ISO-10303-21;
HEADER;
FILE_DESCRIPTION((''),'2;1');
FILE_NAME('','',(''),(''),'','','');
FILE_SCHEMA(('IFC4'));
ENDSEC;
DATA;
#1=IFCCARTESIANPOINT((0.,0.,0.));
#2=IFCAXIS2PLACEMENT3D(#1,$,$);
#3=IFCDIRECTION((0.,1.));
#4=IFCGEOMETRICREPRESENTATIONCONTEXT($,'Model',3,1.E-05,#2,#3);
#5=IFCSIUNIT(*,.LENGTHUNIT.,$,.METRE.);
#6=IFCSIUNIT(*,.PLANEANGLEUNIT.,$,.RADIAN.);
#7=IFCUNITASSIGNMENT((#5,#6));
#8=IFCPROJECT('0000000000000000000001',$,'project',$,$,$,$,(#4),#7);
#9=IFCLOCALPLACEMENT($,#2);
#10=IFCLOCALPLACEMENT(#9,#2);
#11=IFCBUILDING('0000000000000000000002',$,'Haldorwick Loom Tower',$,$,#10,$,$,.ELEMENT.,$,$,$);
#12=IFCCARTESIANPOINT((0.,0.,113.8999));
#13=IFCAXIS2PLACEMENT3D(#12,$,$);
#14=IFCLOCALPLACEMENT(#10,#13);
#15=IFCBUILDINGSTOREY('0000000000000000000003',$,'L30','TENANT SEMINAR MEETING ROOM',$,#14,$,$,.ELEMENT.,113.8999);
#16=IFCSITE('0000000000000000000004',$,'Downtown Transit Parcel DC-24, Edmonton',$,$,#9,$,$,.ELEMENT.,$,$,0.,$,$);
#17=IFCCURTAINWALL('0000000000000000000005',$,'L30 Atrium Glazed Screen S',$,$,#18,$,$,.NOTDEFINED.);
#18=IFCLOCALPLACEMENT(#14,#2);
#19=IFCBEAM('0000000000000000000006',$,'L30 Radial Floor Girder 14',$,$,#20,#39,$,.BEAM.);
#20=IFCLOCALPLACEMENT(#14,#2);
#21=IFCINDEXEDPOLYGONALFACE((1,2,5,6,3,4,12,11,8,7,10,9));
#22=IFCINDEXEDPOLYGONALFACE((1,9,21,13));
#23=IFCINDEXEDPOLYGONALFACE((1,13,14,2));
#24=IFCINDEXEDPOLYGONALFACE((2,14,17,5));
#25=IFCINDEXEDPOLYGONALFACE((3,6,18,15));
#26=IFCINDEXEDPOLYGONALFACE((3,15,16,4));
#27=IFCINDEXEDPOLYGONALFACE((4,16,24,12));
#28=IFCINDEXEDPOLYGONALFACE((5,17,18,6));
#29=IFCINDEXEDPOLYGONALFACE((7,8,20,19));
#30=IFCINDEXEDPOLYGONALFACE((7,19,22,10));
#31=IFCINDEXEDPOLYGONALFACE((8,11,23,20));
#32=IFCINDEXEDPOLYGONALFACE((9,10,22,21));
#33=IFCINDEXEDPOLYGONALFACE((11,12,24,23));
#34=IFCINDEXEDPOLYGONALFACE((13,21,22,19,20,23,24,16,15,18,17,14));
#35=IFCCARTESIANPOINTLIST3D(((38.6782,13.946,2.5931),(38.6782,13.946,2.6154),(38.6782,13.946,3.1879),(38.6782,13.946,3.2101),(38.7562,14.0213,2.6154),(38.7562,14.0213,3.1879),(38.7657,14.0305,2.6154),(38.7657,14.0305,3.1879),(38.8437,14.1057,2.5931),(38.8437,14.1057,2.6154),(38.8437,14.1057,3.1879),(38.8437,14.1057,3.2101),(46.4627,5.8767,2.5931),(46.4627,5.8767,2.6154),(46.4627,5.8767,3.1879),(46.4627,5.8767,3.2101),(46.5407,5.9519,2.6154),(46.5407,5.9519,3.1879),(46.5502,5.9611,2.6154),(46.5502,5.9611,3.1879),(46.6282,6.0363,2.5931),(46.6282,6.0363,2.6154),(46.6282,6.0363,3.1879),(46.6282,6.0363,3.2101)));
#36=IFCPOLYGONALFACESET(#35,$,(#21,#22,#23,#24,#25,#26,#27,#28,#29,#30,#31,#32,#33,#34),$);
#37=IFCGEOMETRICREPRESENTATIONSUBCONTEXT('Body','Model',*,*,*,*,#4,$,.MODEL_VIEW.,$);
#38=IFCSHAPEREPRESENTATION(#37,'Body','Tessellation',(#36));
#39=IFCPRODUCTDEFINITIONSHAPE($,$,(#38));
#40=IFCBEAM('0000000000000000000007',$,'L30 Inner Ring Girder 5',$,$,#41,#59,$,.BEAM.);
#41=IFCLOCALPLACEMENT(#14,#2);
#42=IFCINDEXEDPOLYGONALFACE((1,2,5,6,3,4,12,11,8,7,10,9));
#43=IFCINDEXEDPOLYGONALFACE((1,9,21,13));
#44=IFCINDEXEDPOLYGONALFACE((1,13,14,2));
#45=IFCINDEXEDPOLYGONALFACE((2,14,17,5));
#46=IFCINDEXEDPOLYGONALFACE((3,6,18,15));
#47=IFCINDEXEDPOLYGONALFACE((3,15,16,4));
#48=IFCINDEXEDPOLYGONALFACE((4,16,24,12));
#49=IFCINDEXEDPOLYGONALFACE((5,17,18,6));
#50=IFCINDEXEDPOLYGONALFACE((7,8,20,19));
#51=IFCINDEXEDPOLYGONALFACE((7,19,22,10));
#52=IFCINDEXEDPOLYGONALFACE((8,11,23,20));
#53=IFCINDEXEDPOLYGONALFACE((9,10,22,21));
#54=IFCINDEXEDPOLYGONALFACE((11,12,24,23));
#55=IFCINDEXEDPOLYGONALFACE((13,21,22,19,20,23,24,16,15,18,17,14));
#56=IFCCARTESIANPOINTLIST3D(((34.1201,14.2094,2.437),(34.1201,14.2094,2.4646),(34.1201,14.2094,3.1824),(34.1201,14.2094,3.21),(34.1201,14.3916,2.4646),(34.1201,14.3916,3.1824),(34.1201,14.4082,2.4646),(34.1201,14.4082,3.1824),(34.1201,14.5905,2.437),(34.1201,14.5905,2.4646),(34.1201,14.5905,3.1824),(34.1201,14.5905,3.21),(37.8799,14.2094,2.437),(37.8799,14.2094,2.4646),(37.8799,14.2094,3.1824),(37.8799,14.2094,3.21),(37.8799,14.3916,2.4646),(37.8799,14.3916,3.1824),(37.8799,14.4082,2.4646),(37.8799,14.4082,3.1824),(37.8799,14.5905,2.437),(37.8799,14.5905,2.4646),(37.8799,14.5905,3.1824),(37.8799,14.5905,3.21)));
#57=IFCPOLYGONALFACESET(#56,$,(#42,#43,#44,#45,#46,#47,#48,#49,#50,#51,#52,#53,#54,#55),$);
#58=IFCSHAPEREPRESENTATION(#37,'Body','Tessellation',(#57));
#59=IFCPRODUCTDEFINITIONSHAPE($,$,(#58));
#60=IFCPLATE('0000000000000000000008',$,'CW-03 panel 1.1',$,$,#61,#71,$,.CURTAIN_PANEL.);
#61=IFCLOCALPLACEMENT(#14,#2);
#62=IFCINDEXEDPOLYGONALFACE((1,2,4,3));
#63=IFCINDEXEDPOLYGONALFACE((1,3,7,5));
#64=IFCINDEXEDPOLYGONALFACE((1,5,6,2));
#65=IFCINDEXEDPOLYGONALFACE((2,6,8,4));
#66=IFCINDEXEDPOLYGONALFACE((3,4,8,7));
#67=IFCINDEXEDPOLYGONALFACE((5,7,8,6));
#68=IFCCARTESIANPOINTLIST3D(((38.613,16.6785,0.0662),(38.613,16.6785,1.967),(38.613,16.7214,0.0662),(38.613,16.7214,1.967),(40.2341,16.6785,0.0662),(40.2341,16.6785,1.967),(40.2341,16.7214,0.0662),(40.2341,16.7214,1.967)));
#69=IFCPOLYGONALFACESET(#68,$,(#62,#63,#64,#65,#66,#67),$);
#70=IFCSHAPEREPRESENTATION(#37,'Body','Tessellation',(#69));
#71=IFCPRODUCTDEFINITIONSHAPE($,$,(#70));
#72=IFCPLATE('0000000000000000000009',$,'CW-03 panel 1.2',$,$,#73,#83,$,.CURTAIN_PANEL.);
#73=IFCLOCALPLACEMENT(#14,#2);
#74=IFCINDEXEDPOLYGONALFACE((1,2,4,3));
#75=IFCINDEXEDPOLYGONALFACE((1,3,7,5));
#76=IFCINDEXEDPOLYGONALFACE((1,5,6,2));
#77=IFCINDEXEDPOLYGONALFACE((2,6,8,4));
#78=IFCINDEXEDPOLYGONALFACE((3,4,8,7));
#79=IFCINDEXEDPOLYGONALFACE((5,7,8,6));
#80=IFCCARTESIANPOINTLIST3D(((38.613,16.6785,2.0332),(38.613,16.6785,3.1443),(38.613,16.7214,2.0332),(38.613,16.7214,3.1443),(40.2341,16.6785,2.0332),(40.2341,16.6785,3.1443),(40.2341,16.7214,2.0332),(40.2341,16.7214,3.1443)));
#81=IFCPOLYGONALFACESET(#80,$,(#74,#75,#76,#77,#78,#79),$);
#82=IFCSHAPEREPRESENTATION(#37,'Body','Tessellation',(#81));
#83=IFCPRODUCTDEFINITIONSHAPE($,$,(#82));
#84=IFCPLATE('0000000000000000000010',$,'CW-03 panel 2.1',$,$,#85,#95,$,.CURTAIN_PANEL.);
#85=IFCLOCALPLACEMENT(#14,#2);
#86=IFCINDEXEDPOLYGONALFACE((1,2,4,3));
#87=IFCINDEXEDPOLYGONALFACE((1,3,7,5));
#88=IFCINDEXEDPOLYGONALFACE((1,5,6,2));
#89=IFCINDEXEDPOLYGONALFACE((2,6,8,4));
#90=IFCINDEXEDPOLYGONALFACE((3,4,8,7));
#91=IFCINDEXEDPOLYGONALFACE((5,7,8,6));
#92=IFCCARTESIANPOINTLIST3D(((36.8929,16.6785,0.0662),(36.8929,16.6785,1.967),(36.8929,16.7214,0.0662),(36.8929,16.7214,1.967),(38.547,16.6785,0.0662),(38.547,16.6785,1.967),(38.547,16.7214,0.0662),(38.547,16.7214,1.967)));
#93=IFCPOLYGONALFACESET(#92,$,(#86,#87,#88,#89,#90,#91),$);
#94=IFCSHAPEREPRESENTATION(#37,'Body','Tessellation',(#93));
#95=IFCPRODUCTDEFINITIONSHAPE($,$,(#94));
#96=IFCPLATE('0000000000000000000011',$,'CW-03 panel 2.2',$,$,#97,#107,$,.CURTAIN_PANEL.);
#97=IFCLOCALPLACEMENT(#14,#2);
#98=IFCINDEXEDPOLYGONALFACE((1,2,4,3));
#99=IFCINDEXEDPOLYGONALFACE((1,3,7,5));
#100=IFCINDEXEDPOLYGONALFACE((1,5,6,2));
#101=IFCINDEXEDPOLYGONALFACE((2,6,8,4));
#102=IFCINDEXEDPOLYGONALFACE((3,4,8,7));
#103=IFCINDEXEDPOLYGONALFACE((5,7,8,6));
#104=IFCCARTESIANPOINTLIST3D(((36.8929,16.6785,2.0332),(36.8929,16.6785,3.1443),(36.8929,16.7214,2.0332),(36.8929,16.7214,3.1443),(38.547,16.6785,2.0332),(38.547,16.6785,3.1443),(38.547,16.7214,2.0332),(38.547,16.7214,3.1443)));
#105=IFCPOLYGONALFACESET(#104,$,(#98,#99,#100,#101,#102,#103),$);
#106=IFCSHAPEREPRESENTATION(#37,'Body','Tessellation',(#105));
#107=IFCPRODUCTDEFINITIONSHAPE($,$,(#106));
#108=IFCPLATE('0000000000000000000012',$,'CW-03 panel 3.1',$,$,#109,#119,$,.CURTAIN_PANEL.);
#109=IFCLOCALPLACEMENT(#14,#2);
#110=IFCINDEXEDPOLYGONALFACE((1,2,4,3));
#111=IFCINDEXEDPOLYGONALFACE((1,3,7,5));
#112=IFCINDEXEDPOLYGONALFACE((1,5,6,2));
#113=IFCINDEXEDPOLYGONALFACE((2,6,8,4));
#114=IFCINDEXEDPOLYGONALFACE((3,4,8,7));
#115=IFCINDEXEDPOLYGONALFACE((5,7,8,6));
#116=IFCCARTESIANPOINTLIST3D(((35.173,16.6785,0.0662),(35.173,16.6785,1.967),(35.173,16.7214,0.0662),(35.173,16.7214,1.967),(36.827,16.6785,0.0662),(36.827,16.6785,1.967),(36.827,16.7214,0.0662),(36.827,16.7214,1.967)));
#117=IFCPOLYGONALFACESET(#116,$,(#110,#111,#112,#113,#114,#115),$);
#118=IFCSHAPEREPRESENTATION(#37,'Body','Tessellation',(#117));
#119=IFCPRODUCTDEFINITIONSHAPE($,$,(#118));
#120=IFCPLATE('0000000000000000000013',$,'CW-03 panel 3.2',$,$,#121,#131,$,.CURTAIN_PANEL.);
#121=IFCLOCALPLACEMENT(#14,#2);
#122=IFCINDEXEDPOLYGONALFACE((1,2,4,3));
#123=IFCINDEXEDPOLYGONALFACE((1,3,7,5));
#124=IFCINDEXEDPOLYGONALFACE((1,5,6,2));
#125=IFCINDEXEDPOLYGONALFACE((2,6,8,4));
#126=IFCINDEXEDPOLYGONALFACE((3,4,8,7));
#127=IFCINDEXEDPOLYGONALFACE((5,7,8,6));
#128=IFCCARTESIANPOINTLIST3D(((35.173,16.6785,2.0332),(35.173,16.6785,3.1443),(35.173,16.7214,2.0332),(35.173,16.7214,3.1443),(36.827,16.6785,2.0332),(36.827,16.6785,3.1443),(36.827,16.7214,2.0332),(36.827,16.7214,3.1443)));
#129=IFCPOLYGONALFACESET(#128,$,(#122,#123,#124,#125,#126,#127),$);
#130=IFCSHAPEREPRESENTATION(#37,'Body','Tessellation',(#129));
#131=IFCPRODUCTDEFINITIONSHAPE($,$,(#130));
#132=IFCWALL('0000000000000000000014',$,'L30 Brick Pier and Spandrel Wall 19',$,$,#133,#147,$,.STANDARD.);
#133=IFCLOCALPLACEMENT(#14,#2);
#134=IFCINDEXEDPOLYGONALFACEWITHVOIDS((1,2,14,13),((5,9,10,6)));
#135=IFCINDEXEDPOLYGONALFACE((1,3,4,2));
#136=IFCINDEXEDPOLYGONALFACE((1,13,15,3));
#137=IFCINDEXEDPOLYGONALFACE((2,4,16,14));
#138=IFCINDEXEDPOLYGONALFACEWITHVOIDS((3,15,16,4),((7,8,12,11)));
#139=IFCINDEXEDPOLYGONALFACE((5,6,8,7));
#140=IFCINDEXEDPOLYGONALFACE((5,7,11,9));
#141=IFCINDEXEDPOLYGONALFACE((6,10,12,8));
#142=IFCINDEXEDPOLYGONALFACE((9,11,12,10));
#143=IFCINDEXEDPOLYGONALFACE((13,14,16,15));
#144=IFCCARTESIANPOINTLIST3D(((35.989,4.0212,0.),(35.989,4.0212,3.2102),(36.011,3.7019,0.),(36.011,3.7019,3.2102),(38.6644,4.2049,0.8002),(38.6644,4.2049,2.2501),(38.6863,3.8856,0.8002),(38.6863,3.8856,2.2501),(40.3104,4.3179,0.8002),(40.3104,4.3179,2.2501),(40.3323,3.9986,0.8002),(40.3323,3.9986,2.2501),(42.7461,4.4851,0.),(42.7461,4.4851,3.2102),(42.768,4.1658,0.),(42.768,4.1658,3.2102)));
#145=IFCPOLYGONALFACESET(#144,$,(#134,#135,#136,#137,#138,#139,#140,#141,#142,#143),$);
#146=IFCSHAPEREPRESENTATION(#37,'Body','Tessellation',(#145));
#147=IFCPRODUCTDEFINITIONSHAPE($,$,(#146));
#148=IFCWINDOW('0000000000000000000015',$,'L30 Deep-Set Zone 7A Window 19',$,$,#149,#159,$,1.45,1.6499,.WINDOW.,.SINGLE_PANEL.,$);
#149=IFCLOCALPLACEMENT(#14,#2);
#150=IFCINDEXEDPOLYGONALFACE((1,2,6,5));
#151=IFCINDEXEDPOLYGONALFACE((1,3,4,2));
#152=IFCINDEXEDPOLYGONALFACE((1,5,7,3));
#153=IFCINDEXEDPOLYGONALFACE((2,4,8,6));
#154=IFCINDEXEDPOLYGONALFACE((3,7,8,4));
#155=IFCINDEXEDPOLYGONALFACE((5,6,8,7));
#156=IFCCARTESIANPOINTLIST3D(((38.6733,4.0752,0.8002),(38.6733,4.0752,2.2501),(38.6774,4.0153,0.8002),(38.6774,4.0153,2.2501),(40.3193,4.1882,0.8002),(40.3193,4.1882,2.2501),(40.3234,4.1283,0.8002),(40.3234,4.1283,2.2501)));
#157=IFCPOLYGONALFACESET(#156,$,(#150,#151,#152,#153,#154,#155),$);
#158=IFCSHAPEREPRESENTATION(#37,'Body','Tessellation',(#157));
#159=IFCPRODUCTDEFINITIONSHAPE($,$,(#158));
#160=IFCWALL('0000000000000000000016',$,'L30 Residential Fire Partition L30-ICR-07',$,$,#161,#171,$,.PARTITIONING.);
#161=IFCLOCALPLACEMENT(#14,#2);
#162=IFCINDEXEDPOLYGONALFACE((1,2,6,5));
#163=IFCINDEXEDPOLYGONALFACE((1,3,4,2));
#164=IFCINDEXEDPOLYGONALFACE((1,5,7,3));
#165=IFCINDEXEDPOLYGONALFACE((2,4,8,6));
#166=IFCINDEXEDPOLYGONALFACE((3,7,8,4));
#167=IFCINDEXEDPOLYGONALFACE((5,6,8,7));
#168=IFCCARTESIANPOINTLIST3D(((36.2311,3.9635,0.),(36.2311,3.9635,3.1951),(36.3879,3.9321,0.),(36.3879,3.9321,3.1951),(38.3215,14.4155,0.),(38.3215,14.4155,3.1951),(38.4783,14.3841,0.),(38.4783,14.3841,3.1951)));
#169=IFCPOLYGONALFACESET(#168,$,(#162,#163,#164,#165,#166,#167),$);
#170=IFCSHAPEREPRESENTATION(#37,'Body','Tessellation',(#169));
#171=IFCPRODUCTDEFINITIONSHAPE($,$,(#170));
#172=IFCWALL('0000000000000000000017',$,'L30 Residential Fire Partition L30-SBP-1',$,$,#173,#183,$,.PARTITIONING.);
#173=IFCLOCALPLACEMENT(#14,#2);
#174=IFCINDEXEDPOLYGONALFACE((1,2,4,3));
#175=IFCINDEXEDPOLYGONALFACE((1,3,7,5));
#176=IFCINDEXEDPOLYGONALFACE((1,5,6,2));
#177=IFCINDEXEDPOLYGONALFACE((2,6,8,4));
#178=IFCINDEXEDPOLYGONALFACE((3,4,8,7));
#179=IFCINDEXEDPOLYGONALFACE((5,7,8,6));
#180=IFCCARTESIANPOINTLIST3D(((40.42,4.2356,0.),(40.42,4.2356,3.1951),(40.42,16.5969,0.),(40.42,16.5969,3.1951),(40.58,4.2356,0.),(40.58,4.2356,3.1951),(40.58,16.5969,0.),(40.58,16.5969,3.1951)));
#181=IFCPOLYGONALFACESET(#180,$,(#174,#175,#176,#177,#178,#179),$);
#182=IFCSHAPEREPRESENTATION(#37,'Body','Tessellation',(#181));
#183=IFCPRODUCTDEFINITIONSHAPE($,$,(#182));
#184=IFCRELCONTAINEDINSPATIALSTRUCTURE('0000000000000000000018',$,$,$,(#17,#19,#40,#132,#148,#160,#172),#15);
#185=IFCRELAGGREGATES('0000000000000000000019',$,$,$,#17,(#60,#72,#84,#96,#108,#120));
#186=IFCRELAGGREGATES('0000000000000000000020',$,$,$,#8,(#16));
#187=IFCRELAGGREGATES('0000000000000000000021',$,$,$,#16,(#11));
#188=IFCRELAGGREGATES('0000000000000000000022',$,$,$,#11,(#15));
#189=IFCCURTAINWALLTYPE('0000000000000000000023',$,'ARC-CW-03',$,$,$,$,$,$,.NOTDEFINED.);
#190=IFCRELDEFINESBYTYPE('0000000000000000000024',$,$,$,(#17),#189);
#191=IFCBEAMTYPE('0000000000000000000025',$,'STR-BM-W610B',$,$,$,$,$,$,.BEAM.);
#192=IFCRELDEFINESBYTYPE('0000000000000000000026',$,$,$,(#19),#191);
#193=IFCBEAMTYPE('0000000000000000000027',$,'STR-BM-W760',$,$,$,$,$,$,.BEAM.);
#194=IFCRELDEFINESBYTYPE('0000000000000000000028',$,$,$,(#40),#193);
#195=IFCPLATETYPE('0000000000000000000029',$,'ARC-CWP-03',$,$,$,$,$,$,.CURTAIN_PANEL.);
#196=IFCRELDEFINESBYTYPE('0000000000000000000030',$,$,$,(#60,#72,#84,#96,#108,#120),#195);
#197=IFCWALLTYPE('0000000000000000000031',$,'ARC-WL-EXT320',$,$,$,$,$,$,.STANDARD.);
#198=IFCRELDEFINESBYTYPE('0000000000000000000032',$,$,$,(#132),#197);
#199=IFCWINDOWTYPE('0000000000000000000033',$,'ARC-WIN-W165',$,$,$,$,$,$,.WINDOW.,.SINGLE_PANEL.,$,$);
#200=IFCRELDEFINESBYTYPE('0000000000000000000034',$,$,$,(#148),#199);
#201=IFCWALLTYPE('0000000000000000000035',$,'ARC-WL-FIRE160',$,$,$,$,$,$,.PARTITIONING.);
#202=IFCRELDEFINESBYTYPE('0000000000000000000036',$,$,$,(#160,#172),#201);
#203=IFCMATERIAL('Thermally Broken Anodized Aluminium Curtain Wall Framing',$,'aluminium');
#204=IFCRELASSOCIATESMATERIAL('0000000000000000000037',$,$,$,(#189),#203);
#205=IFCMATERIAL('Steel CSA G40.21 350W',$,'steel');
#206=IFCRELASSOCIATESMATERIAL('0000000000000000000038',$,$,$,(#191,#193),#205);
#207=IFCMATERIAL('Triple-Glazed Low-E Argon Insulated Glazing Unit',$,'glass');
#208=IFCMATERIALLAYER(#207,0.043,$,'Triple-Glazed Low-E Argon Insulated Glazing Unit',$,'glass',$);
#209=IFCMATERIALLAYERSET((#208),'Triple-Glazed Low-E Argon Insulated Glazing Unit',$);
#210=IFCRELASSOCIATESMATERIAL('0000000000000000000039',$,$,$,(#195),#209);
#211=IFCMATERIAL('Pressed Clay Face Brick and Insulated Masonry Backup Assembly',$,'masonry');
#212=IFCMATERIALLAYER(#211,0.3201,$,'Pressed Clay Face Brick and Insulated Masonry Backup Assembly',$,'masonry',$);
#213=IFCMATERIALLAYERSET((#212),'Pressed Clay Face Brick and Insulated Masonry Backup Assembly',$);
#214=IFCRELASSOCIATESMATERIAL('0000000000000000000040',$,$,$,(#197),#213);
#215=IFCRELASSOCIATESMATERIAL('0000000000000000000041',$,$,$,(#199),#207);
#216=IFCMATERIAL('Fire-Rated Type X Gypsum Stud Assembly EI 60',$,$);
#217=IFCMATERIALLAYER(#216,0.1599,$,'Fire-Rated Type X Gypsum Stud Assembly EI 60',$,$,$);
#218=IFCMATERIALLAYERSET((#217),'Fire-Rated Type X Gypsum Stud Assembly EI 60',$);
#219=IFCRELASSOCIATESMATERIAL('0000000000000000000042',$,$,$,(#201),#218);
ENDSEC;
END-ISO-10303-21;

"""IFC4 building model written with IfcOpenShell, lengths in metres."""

from ifc_helpers import new_model, si_unit, direction, frame, frame_2d, origin, origin_2d, place, context, subcontext, project, spatial, rectangle, i_section, extrude, material, layer, layer_set, material_profile, profile_set, type_object, element, fill, aggregate, save


model = new_model("IFC4")

# Units and contexts
model_context = context("Model", 3, precision=1e-05, world=origin(), true_north=direction((0.0, 1.0)))
body_context = subcontext(model_context, "Body", "Model", "MODEL_VIEW")
ifc_project = project(units=[si_unit("LENGTHUNIT", "METRE"), si_unit("PLANEANGLEUNIT", "RADIAN")], contexts=[model_context])

# Site, building, storey
site_placement = place(None, origin())
site = spatial("IfcSite", under=ifc_project, at=site_placement, Name="Downtown Transit Parcel DC-24, Edmonton", CompositionType="ELEMENT", RefElevation=0.0)
building_placement = place(site_placement, origin())
building = spatial("IfcBuilding", under=site, at=building_placement, Name="Haldorwick Loom Tower", CompositionType="ELEMENT")
storey_placement = place(building_placement, frame((0.0, 0.0, 113.8999)))
storey = spatial("IfcBuildingStorey", under=building, at=storey_placement, Name="L30", Description="TENANT SEMINAR MEETING ROOM", CompositionType="ELEMENT", Elevation=113.8999)

# Curtain wall
ifc_material_1 = material(Name="Thermally Broken Anodized Aluminium Curtain Wall Framing", Category="aluminium")
curtain_wall_type = type_object("IfcCurtainWallType", Name="ARC-CW-03", PredefinedType="NOTDEFINED", material=ifc_material_1)
curtain_wall_placement = place(storey_placement, origin())
curtain_wall = element("IfcCurtainWall", 1, at=curtain_wall_placement, inside=storey, type_object=curtain_wall_type, Name="L30 Atrium Glazed Screen S", PredefinedType="NOTDEFINED")

# Beams
ifc_material_2 = material(Name="Steel CSA G40.21 350W", Category="steel")
ifc_material_profile_1 = material_profile(ifc_material_2, i_section(OverallWidth=0.23, OverallDepth=0.6169, WebThickness=0.0132, FlangeThickness=0.0222, at=origin_2d()), Name="W610X140", Category="steel")
ifc_profile_set_1 = profile_set([ifc_material_profile_1], Name="Steel CSA G40.21 350W")
beam_type_1 = type_object("IfcBeamType", Name="STR-BM-W610B", PredefinedType="BEAM", material=ifc_profile_set_1)
beam_1_placement = place(storey_placement, frame((38.761, 14.0259, 2.9016), z_axis=(0.694287, -0.719698, 0.0), x_axis=(0.719698, 0.694287, 0.0)))
element("IfcBeam", 2, at=beam_1_placement, inside=storey, type_object=beam_type_1, Name="L30 Radial Floor Girder 14", PredefinedType="BEAM", context=body_context, shape_type="SweptSolid", body=[
    extrude(i_section(OverallWidth=0.23, OverallDepth=0.6169, WebThickness=0.0132, FlangeThickness=0.0222, at=origin_2d()), origin(), (0.0, 0.0, 1.0), 11.2122),
])
ifc_material_profile_2 = material_profile(ifc_material_2, i_section(OverallWidth=0.3811, OverallDepth=0.7729, WebThickness=0.0166, FlangeThickness=0.0276, at=origin_2d()), Name="W760X257", Category="steel")
ifc_profile_set_2 = profile_set([ifc_material_profile_2], Name="Steel CSA G40.21 350W")
beam_type_2 = type_object("IfcBeamType", Name="STR-BM-W760", PredefinedType="BEAM", material=ifc_profile_set_2)
beam_2_placement = place(storey_placement, frame((37.8799, 14.3999, 2.8235), z_axis=(-1.0, 0.0, 0.0), x_axis=(0.0, -1.0, 0.0)))
element("IfcBeam", 3, at=beam_2_placement, inside=storey, type_object=beam_type_2, Name="L30 Inner Ring Girder 5", PredefinedType="BEAM", context=body_context, shape_type="SweptSolid", body=[
    extrude(i_section(OverallWidth=0.3811, OverallDepth=0.7729, WebThickness=0.0166, FlangeThickness=0.0276, at=origin_2d()), origin(), (0.0, 0.0, 1.0), 3.7598),
])

# Plates
ifc_material_3 = material(Name="Triple-Glazed Low-E Argon Insulated Glazing Unit", Category="glass")
ifc_layer_1 = layer(ifc_material_3, 0.043, Name="Triple-Glazed Low-E Argon Insulated Glazing Unit", Category="glass")
ifc_layer_set_1 = layer_set([ifc_layer_1], Name="Triple-Glazed Low-E Argon Insulated Glazing Unit")
plate_type = type_object("IfcPlateType", Name="ARC-CWP-03", PredefinedType="CURTAIN_PANEL", material=ifc_layer_set_1)
plate_1_placement = place(storey_placement, frame((39.4236, 16.7, 0.0662), z_axis=(0.0, 0.0, 1.0), x_axis=(-1.0, 0.0, 0.0)))
plate_1 = element("IfcPlate", 4, at=plate_1_placement, type_object=plate_type, Name="CW-03 panel 1.1", PredefinedType="CURTAIN_PANEL", context=body_context, shape_type="SweptSolid", body=[
    extrude(rectangle(XDim=1.6211, YDim=0.043, at=origin_2d()), origin(), (0.0, 0.0, 1.0), 1.9009),
])
plate_2_placement = place(storey_placement, frame((39.4236, 16.7, 2.0332), z_axis=(0.0, 0.0, 1.0), x_axis=(-1.0, 0.0, 0.0)))
plate_2 = element("IfcPlate", 5, at=plate_2_placement, type_object=plate_type, Name="CW-03 panel 1.2", PredefinedType="CURTAIN_PANEL", context=body_context, shape_type="SweptSolid", body=[
    extrude(rectangle(XDim=1.6211, YDim=0.043, at=origin_2d()), origin(), (0.0, 0.0, 1.0), 1.1111),
])
plate_3_placement = place(storey_placement, frame((37.72, 16.7, 0.0662), z_axis=(0.0, 0.0, 1.0), x_axis=(-1.0, 0.0, 0.0)))
plate_3 = element("IfcPlate", 6, at=plate_3_placement, type_object=plate_type, Name="CW-03 panel 2.1", PredefinedType="CURTAIN_PANEL", context=body_context, shape_type="SweptSolid", body=[
    extrude(rectangle(XDim=1.6541, YDim=0.043, at=origin_2d()), origin(), (0.0, 0.0, 1.0), 1.9009),
])
plate_4_placement = place(storey_placement, frame((37.72, 16.7, 2.0332), z_axis=(0.0, 0.0, 1.0), x_axis=(-1.0, 0.0, 0.0)))
plate_4 = element("IfcPlate", 7, at=plate_4_placement, type_object=plate_type, Name="CW-03 panel 2.2", PredefinedType="CURTAIN_PANEL", context=body_context, shape_type="SweptSolid", body=[
    extrude(rectangle(XDim=1.6541, YDim=0.043, at=origin_2d()), origin(), (0.0, 0.0, 1.0), 1.1111),
])
plate_5_placement = place(storey_placement, frame((36.0, 16.7, 0.0662), z_axis=(0.0, 0.0, 1.0), x_axis=(-1.0, 0.0, 0.0)))
plate_5 = element("IfcPlate", 8, at=plate_5_placement, type_object=plate_type, Name="CW-03 panel 3.1", PredefinedType="CURTAIN_PANEL", context=body_context, shape_type="SweptSolid", body=[
    extrude(rectangle(XDim=1.6541, YDim=0.043, at=origin_2d()), origin(), (0.0, 0.0, 1.0), 1.9009),
])
plate_6_placement = place(storey_placement, frame((36.0, 16.7, 2.0332), z_axis=(0.0, 0.0, 1.0), x_axis=(-1.0, 0.0, 0.0)))
plate_6 = element("IfcPlate", 9, at=plate_6_placement, type_object=plate_type, Name="CW-03 panel 3.2", PredefinedType="CURTAIN_PANEL", context=body_context, shape_type="SweptSolid", body=[
    extrude(rectangle(XDim=1.6541, YDim=0.043, at=origin_2d()), origin(), (0.0, 0.0, 1.0), 1.1111),
])
aggregate(curtain_wall, [plate_1, plate_2, plate_3, plate_4, plate_5, plate_6])

# Wall, opening, window
ifc_material_4 = material(Name="Pressed Clay Face Brick and Insulated Masonry Backup Assembly", Category="masonry")
ifc_layer_2 = layer(ifc_material_4, 0.3201, Name="Pressed Clay Face Brick and Insulated Masonry Backup Assembly", Category="masonry")
ifc_layer_set_2 = layer_set([ifc_layer_2], Name="Pressed Clay Face Brick and Insulated Masonry Backup Assembly")
wall_type_1 = type_object("IfcWallType", Name="ARC-WL-EXT320", PredefinedType="STANDARD", material=ifc_layer_set_2)
wall_1_placement = place(storey_placement, frame((36.0, 3.8616, 0.0), z_axis=(0.0, 0.0, 1.0), x_axis=(0.997652, 0.068488, 0.0)))
wall_1 = element("IfcWall", 10, at=wall_1_placement, inside=storey, type_object=wall_type_1, Name="L30 Brick Pier and Spandrel Wall 19", PredefinedType="STANDARD", context=body_context, shape_type="SweptSolid", body=[
    extrude(rectangle(XDim=6.7729, YDim=0.3201, at=frame_2d((3.3865, 0.0))), origin(), (0.0, 0.0, 1.0), 3.2102),
])
opening_placement = place(wall_1_placement, frame((2.6816, 0.0, 0.8)))
opening = element("IfcOpeningElement", 11, at=opening_placement, cuts=wall_1, PredefinedType="OPENING", context=body_context, shape_type="SweptSolid", body=[
    extrude(rectangle(XDim=1.6499, YDim=1.45, at=frame_2d((0.825, 0.7251))), frame((0.0, 0.1699, 0.0), z_axis=(0.0, -1.0, 0.0), x_axis=(1.0, 0.0, 0.0)), (0.0, 0.0, 1.0), 0.3401),
])
window_type = type_object("IfcWindowType", Name="ARC-WIN-W165", PartitioningType="SINGLE_PANEL", PredefinedType="WINDOW", material=ifc_material_3)
window_placement = place(opening_placement, origin())
window = element("IfcWindow", 12, at=window_placement, inside=storey, type_object=window_type, Name="L30 Deep-Set Zone 7A Window 19", OverallHeight=1.45, OverallWidth=1.6499, PartitioningType="SINGLE_PANEL", PredefinedType="WINDOW", context=body_context, shape_type="SweptSolid", body=[
    extrude(rectangle(XDim=1.6499, YDim=1.45, at=frame_2d((0.825, 0.7251))), frame((0.0, 0.03, 0.0), z_axis=(0.0, -1.0, 0.0), x_axis=(1.0, 0.0, 0.0)), (0.0, 0.0, 1.0), 0.0601),
])
fill(opening, window)

# Walls
ifc_material_5 = material(Name="Fire-Rated Type X Gypsum Stud Assembly EI 60")
ifc_layer_3 = layer(ifc_material_5, 0.1599, Name="Fire-Rated Type X Gypsum Stud Assembly EI 60")
ifc_layer_set_3 = layer_set([ifc_layer_3], Name="Fire-Rated Type X Gypsum Stud Assembly EI 60")
wall_type_2 = type_object("IfcWallType", Name="ARC-WL-FIRE160", PredefinedType="PARTITIONING", material=ifc_layer_set_3)
wall_2_placement = place(storey_placement, frame((38.3999, 14.3999, 0.0), z_axis=(0.0, 0.0, 1.0), x_axis=(-0.196112, -0.980582, 0.0)))
element("IfcWall", 13, at=wall_2_placement, inside=storey, type_object=wall_type_2, Name="L30 Residential Fire Partition L30-ICR-07", PredefinedType="PARTITIONING", context=body_context, shape_type="SweptSolid", body=[
    extrude(rectangle(XDim=10.6589, YDim=0.1599, at=frame_2d((5.3296, 0.0))), origin(), (0.0, 0.0, 1.0), 3.1951),
])
wall_3_placement = place(storey_placement, frame((40.5, 4.2356, 0.0), z_axis=(0.0, 0.0, 1.0), x_axis=(0.0, 1.0, 0.0)))
element("IfcWall", 14, at=wall_3_placement, inside=storey, type_object=wall_type_2, Name="L30 Residential Fire Partition L30-SBP-1", PredefinedType="PARTITIONING", context=body_context, shape_type="SweptSolid", body=[
    extrude(rectangle(XDim=12.3613, YDim=0.1599, at=frame_2d((6.1807, 0.0))), origin(), (0.0, 0.0, 1.0), 3.1951),
])

save(model, "model.ifc")
